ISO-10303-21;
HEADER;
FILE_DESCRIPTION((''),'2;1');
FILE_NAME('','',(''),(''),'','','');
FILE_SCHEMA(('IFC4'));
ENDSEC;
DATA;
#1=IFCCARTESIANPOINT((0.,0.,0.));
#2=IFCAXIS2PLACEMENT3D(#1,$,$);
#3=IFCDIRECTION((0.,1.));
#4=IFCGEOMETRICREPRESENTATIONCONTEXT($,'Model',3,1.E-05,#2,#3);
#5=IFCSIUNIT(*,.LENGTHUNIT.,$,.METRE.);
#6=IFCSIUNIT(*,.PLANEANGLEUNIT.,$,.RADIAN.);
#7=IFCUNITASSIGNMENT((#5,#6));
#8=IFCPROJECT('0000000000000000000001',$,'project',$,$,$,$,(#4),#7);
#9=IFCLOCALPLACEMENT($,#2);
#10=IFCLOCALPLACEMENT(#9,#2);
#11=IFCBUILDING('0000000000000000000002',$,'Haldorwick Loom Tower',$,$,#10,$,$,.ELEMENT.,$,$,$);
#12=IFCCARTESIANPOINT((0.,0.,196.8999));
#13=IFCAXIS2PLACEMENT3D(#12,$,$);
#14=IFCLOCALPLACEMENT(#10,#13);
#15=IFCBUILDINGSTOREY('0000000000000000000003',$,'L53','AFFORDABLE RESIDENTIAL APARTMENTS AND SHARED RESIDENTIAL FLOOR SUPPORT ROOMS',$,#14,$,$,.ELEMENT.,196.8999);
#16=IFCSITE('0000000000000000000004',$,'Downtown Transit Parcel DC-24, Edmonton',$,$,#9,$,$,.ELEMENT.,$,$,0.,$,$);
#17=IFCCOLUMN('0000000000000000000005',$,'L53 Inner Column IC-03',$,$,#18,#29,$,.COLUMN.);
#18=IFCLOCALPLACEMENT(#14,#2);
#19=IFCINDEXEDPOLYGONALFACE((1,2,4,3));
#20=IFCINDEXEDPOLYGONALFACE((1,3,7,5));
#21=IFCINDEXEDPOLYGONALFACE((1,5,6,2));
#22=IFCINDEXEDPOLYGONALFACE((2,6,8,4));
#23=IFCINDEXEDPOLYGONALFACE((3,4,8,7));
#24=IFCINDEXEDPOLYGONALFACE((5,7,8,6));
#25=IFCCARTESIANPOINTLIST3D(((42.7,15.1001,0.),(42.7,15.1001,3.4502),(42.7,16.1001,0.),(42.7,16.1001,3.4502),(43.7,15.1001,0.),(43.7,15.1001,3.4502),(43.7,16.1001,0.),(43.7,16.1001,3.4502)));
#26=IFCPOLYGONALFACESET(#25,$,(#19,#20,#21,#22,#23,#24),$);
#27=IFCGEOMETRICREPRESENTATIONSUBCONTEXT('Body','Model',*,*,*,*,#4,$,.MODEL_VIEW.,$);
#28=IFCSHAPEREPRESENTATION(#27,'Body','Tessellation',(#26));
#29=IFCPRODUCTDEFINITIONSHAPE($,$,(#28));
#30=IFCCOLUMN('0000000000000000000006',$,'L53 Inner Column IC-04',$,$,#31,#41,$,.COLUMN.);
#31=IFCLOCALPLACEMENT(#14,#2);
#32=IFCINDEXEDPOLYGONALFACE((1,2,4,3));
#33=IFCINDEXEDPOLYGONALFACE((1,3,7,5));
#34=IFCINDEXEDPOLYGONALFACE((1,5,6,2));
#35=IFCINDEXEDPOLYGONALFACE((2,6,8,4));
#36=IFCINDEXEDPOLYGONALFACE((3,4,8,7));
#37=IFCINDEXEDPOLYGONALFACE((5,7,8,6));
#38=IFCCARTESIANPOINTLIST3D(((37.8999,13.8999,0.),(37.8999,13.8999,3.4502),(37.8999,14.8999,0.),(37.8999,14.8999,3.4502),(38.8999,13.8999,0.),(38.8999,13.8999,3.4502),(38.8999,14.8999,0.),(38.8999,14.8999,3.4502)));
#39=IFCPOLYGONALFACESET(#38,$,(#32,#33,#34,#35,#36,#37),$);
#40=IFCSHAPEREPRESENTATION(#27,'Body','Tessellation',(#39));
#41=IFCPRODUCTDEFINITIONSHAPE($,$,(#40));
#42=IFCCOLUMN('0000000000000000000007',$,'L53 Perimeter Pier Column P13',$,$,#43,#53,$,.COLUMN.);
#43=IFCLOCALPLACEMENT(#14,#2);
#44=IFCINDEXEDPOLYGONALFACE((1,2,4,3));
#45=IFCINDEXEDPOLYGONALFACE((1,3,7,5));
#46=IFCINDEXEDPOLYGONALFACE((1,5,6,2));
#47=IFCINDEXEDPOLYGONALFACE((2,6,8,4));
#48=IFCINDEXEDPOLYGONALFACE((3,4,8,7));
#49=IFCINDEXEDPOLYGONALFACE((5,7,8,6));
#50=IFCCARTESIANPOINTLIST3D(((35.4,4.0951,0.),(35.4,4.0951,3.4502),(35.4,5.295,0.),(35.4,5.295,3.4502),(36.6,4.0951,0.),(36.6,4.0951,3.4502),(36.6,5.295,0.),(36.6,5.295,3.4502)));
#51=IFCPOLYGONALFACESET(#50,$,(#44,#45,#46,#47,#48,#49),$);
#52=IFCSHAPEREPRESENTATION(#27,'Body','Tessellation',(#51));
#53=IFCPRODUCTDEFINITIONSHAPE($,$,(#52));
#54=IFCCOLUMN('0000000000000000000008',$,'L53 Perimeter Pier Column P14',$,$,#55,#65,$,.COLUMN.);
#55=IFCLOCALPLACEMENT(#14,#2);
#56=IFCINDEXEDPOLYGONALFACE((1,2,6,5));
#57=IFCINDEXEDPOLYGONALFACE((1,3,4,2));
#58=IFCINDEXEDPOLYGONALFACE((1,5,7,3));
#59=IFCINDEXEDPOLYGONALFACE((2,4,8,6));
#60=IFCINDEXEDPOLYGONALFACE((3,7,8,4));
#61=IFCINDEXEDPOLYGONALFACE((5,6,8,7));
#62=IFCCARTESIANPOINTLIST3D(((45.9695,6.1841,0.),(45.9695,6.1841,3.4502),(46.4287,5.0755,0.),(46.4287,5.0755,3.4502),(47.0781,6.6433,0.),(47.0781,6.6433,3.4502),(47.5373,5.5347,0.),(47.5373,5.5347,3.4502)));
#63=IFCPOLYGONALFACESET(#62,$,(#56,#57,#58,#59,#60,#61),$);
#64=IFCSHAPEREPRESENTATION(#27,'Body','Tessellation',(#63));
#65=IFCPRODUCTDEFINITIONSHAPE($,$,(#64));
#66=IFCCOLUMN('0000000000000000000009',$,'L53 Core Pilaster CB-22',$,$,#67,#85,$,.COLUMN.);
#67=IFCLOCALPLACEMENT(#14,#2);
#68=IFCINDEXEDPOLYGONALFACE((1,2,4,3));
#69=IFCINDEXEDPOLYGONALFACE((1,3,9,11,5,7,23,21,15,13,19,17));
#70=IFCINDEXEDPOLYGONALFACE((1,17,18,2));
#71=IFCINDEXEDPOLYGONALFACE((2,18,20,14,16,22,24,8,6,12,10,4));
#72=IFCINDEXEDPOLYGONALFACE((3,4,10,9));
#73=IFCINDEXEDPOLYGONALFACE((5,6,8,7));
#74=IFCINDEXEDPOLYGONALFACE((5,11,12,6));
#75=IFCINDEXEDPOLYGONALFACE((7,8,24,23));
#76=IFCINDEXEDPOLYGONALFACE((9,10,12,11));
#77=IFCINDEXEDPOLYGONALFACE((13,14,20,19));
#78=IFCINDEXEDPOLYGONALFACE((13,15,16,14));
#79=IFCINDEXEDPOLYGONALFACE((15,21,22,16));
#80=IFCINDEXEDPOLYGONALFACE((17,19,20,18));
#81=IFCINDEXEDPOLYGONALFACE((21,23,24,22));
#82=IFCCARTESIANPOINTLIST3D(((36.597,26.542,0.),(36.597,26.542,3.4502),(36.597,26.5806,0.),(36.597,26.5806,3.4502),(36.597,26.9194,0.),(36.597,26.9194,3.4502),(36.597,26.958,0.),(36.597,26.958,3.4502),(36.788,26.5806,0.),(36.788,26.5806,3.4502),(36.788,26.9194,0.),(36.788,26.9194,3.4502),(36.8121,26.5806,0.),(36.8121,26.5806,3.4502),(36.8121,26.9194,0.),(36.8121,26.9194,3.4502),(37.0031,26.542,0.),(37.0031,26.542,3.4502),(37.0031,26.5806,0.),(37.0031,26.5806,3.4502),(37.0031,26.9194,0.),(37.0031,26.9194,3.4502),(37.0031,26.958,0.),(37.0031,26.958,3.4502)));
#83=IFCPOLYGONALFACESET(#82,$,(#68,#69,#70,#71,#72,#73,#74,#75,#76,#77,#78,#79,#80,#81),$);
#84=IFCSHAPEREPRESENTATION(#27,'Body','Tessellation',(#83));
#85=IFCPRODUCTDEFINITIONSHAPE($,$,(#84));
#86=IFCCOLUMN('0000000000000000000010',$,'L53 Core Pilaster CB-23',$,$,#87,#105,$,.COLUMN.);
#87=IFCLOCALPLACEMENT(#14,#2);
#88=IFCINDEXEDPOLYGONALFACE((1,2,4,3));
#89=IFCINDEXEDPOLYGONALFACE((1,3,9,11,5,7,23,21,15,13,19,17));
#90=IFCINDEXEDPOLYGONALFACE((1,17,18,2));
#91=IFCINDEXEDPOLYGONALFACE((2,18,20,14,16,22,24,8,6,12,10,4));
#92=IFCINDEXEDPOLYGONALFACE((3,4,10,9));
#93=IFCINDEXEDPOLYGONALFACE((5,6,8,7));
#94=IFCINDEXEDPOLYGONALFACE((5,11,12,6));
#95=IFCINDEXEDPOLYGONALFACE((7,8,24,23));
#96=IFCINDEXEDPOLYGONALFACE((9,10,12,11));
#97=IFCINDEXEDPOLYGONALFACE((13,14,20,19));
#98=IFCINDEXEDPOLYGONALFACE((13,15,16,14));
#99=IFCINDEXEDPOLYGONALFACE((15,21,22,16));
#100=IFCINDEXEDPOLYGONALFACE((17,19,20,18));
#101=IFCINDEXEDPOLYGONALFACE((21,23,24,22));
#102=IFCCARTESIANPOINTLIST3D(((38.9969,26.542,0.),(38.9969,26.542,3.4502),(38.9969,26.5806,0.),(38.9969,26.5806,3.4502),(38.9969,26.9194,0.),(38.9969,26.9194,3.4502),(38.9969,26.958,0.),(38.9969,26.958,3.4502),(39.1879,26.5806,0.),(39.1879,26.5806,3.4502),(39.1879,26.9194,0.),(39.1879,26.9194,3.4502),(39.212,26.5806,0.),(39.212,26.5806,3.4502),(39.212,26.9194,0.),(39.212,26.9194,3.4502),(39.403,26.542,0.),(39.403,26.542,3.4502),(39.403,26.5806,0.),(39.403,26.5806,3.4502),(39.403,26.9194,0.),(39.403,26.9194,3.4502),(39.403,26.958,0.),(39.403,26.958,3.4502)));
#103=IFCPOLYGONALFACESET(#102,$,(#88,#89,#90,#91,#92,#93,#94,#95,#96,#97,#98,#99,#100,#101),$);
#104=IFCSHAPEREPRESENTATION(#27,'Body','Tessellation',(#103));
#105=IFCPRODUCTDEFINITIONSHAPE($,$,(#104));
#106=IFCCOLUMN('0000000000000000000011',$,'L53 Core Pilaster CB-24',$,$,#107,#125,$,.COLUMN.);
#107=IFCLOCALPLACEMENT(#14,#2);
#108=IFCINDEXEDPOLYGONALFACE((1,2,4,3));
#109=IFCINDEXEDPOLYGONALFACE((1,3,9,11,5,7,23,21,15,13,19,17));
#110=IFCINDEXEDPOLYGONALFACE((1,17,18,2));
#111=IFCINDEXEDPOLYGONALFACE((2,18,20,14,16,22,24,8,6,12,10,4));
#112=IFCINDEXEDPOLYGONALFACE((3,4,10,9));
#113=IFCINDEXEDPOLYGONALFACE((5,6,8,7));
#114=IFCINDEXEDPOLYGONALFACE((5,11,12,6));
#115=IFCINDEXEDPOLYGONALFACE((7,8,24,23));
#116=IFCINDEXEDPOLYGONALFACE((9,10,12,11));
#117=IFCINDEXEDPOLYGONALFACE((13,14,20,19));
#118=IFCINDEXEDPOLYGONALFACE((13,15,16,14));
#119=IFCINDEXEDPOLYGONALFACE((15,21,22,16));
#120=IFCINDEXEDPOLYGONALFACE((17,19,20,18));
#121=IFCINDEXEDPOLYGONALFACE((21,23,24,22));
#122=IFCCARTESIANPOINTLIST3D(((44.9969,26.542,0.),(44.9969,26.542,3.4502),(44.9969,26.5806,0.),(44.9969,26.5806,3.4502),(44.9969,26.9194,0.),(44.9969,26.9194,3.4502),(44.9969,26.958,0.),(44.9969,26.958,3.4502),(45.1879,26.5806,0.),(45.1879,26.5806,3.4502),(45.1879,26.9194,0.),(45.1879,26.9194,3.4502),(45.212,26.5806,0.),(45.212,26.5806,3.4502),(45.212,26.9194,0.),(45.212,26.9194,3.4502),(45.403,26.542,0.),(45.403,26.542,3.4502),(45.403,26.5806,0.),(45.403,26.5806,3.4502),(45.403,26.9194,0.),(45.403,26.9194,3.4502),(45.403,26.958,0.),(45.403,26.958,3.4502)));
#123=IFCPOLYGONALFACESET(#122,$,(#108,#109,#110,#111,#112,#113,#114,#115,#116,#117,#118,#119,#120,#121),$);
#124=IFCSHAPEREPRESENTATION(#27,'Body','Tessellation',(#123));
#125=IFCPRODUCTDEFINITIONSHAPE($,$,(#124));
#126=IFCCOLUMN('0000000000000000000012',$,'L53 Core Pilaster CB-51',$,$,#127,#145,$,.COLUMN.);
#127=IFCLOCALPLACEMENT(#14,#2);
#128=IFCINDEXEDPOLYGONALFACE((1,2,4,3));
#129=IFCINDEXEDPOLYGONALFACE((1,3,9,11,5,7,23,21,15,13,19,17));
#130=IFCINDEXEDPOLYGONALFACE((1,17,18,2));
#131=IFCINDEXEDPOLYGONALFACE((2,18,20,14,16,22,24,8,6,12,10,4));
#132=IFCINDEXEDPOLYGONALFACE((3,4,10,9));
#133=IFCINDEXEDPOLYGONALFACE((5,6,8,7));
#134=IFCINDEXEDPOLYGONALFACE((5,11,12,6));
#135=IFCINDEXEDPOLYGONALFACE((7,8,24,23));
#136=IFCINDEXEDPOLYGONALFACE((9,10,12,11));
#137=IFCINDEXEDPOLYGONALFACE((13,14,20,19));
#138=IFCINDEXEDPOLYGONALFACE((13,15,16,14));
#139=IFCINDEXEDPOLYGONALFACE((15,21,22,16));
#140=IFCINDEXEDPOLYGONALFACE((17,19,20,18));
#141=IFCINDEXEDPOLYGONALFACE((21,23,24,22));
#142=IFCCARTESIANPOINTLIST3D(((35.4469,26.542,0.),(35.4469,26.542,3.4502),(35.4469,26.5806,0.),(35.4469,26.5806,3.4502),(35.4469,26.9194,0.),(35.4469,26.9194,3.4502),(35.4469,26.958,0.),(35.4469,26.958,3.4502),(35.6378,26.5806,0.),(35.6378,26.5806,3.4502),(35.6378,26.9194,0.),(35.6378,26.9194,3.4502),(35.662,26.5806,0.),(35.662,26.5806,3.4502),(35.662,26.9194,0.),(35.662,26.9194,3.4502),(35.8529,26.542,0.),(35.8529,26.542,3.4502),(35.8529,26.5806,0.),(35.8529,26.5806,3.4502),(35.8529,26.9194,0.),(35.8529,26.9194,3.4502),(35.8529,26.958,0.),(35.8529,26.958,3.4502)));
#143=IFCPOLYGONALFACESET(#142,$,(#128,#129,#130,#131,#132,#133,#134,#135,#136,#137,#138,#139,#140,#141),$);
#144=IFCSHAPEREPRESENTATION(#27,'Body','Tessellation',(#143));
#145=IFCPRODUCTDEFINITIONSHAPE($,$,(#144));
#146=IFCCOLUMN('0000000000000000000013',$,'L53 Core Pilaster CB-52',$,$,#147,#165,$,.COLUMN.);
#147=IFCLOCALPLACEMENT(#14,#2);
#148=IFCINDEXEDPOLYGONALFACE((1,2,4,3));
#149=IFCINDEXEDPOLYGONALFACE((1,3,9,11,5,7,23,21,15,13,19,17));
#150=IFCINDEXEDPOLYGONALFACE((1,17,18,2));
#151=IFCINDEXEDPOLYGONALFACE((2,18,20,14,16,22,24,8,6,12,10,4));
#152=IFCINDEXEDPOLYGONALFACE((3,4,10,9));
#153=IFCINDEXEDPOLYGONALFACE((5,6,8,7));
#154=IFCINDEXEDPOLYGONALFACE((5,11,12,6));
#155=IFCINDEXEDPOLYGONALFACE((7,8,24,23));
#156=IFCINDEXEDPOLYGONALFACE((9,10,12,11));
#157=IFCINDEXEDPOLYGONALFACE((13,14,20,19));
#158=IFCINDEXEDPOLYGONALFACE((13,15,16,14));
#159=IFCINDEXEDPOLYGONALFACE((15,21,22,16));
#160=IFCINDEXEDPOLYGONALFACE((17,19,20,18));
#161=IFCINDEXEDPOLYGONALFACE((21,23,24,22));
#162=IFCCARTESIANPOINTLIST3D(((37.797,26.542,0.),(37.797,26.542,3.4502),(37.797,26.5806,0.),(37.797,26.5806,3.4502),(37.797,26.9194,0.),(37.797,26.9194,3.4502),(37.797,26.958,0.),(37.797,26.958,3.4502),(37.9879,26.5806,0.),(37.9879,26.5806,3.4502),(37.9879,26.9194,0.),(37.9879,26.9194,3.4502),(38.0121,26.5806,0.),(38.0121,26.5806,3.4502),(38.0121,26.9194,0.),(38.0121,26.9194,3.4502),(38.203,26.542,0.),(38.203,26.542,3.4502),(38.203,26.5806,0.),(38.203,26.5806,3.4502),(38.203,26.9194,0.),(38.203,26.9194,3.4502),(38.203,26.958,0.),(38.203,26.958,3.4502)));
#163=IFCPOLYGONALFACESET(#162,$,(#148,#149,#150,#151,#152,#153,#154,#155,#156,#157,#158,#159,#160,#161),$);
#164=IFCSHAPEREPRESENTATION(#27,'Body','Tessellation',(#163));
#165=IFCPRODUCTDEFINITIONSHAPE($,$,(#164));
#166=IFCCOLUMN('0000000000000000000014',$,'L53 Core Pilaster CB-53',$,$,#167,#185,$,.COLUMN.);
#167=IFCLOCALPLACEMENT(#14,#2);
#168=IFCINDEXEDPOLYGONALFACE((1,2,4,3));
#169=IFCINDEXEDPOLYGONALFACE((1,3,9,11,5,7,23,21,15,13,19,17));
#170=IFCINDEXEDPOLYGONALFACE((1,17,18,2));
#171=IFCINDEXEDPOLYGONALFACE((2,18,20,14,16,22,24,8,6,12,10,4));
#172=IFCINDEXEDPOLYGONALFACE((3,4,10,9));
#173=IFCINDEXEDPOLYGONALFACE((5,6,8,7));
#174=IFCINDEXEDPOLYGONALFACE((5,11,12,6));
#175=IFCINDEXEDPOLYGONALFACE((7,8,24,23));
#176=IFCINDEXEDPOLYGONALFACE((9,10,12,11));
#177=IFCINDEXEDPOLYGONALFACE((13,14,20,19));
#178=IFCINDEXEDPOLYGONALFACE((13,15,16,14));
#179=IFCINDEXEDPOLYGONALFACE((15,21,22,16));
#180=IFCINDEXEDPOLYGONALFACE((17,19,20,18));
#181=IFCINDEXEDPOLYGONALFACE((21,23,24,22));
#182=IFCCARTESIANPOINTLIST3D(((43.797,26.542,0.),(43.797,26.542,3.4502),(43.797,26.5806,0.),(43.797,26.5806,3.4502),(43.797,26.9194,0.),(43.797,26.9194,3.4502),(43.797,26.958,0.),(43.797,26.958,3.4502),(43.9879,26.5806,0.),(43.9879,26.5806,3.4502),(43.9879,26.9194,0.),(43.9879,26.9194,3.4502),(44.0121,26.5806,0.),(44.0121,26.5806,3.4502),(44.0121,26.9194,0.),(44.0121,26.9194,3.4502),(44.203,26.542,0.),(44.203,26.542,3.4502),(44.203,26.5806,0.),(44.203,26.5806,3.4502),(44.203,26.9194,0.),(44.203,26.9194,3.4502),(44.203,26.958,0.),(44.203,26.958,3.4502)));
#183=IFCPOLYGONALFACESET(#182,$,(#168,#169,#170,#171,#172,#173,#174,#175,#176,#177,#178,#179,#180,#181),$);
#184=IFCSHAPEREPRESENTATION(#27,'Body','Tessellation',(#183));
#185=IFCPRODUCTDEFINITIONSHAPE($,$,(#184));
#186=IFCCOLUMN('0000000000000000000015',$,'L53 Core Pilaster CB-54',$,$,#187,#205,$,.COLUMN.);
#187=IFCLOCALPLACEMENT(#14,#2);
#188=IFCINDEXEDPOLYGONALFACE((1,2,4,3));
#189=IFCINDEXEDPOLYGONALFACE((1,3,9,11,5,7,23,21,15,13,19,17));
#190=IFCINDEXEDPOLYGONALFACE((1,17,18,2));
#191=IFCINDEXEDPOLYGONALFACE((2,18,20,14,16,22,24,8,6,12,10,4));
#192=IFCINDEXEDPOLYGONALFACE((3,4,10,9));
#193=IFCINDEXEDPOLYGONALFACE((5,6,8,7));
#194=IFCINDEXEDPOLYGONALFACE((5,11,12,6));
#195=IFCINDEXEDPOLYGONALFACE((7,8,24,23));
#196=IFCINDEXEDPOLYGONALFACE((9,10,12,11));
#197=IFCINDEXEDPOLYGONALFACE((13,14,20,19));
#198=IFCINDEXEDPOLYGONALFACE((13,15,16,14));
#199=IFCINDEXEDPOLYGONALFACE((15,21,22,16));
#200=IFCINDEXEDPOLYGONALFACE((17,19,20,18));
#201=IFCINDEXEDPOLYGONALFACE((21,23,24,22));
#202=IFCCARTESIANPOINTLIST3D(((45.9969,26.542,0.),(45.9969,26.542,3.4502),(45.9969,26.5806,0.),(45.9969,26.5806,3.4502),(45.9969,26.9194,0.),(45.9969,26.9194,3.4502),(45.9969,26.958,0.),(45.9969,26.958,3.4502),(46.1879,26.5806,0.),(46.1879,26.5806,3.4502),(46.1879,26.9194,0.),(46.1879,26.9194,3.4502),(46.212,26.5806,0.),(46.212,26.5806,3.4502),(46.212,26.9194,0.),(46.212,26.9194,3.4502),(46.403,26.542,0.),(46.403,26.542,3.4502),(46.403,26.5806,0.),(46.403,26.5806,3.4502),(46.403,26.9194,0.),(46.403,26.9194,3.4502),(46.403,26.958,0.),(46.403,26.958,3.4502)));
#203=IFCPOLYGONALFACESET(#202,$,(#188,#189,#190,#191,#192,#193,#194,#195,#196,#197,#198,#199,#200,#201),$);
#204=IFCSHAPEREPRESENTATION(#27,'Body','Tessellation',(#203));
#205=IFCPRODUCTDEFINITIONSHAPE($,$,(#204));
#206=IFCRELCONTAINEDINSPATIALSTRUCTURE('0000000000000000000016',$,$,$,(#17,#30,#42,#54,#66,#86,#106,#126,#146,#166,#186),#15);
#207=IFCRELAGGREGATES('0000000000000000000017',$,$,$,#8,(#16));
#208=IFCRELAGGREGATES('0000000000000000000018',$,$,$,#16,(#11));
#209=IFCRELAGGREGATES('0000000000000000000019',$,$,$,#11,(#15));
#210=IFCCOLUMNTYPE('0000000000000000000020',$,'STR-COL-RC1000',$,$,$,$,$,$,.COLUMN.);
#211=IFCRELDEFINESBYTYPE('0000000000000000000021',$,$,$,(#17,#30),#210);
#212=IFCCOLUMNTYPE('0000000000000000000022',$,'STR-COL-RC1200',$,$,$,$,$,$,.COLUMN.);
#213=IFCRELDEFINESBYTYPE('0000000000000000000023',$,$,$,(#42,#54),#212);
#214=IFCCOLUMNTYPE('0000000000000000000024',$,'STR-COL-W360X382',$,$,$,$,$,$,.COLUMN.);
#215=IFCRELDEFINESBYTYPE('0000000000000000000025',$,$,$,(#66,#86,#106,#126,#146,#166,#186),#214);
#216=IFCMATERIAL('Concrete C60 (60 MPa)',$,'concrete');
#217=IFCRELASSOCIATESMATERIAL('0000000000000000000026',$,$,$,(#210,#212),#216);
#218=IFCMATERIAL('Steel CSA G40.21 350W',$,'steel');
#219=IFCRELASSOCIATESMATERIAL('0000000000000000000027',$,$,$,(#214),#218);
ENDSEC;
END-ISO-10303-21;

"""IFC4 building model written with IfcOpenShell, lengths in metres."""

from ifc_helpers import new_model, si_unit, direction, frame, origin, origin_2d, place, context, subcontext, project, spatial, rectangle, i_section, extrude, material, material_profile, profile_set, type_object, element, save


model = new_model("IFC4")

# Units and contexts
model_context = context("Model", 3, precision=1e-05, world=origin(), true_north=direction((0.0, 1.0)))
body_context = subcontext(model_context, "Body", "Model", "MODEL_VIEW")
ifc_project = project(units=[si_unit("LENGTHUNIT", "METRE"), si_unit("PLANEANGLEUNIT", "RADIAN")], contexts=[model_context])

# Site, building, storey
site_placement = place(None, origin())
site = spatial("IfcSite", under=ifc_project, at=site_placement, Name="Downtown Transit Parcel DC-24, Edmonton", CompositionType="ELEMENT", RefElevation=0.0)
building_placement = place(site_placement, origin())
building = spatial("IfcBuilding", under=site, at=building_placement, Name="Haldorwick Loom Tower", CompositionType="ELEMENT")
storey_placement = place(building_placement, frame((0.0, 0.0, 196.8999)))
storey = spatial("IfcBuildingStorey", under=building, at=storey_placement, Name="L53", Description="AFFORDABLE RESIDENTIAL APARTMENTS AND SHARED RESIDENTIAL FLOOR SUPPORT ROOMS", CompositionType="ELEMENT", Elevation=196.8999)

# Columns
ifc_material_1 = material(Name="Concrete C60 (60 MPa)", Category="concrete")
ifc_material_profile_1 = material_profile(ifc_material_1, rectangle(XDim=1.0, YDim=1.0, at=origin_2d()), Name="RC1000X1000", Category="concrete")
ifc_profile_set_1 = profile_set([ifc_material_profile_1], Name="Concrete C60 (60 MPa)")
column_type_1 = type_object("IfcColumnType", Name="STR-COL-RC1000", PredefinedType="COLUMN", material=ifc_profile_set_1)
for number, where, z_axis, x_axis, name in (
    (1, (43.2, 15.6001, 0.0), (0.0, 0.0, 1.0), (1.0, 0.0, 0.0), "L53 Inner Column IC-03"),
    (2, (38.3999, 14.3999, 0.0), (0.0, 0.0, 1.0), (1.0, 0.0, 0.0), "L53 Inner Column IC-04"),
):
    element("IfcColumn", number, at=place(storey_placement, frame(where, z_axis=z_axis, x_axis=x_axis)), inside=storey, type_object=column_type_1, Name=name, PredefinedType="COLUMN", context=body_context, shape_type="SweptSolid", body=[
        extrude(rectangle(XDim=1.0, YDim=1.0, at=origin_2d()), origin(), (0.0, 0.0, 1.0), 3.4502),
    ])
ifc_material_profile_2 = material_profile(ifc_material_1, rectangle(XDim=1.2, YDim=1.2, at=origin_2d()), Name="RC1200X1200", Category="concrete")
ifc_profile_set_2 = profile_set([ifc_material_profile_2], Name="Concrete C60 (60 MPa)")
column_type_2 = type_object("IfcColumnType", Name="STR-COL-RC1200", PredefinedType="COLUMN", material=ifc_profile_set_2)
for number, where, z_axis, x_axis, name in (
    (3, (36.0, 4.6951, 0.0), (0.0, 0.0, 1.0), (0.0, -1.0, 0.0), "L53 Perimeter Pier Column P13"),
    (4, (46.7534, 5.8594, 0.0), (0.0, 0.0, 1.0), (0.382683, -0.92388, 0.0), "L53 Perimeter Pier Column P14"),
):
    element("IfcColumn", number, at=place(storey_placement, frame(where, z_axis=z_axis, x_axis=x_axis)), inside=storey, type_object=column_type_2, Name=name, PredefinedType="COLUMN", context=body_context, shape_type="SweptSolid", body=[
        extrude(rectangle(XDim=1.2, YDim=1.2, at=origin_2d()), origin(), (0.0, 0.0, 1.0), 3.4502),
    ])
ifc_material_2 = material(Name="Steel CSA G40.21 350W", Category="steel")
ifc_material_profile_3 = material_profile(ifc_material_2, i_section(OverallWidth=0.406, OverallDepth=0.416, WebThickness=0.0242, FlangeThickness=0.0386, at=origin_2d()), Name="W360X382", Category="steel")
ifc_profile_set_3 = profile_set([ifc_material_profile_3], Name="Steel CSA G40.21 350W")
column_type_3 = type_object("IfcColumnType", Name="STR-COL-W360X382", PredefinedType="COLUMN", material=ifc_profile_set_3)
for number, where, z_axis, x_axis, name in (
    (5, (36.8, 26.75, 0.0), (0.0, 0.0, 1.0), (1.0, 0.0, 0.0), "L53 Core Pilaster CB-22"),
    (6, (39.2, 26.75, 0.0), (0.0, 0.0, 1.0), (1.0, 0.0, 0.0), "L53 Core Pilaster CB-23"),
    (7, (45.2, 26.75, 0.0), (0.0, 0.0, 1.0), (1.0, 0.0, 0.0), "L53 Core Pilaster CB-24"),
    (8, (35.6499, 26.75, 0.0), (0.0, 0.0, 1.0), (1.0, 0.0, 0.0), "L53 Core Pilaster CB-51"),
    (9, (38.0, 26.75, 0.0), (0.0, 0.0, 1.0), (1.0, 0.0, 0.0), "L53 Core Pilaster CB-52"),
    (10, (44.0, 26.75, 0.0), (0.0, 0.0, 1.0), (1.0, 0.0, 0.0), "L53 Core Pilaster CB-53"),
    (11, (46.2, 26.75, 0.0), (0.0, 0.0, 1.0), (1.0, 0.0, 0.0), "L53 Core Pilaster CB-54"),
):
    element("IfcColumn", number, at=place(storey_placement, frame(where, z_axis=z_axis, x_axis=x_axis)), inside=storey, type_object=column_type_3, Name=name, PredefinedType="COLUMN", context=body_context, shape_type="SweptSolid", body=[
        extrude(i_section(OverallWidth=0.406, OverallDepth=0.416, WebThickness=0.0242, FlangeThickness=0.0386, at=origin_2d()), origin(), (0.0, 0.0, 1.0), 3.4502),
    ])

save(model, "model.ifc")
